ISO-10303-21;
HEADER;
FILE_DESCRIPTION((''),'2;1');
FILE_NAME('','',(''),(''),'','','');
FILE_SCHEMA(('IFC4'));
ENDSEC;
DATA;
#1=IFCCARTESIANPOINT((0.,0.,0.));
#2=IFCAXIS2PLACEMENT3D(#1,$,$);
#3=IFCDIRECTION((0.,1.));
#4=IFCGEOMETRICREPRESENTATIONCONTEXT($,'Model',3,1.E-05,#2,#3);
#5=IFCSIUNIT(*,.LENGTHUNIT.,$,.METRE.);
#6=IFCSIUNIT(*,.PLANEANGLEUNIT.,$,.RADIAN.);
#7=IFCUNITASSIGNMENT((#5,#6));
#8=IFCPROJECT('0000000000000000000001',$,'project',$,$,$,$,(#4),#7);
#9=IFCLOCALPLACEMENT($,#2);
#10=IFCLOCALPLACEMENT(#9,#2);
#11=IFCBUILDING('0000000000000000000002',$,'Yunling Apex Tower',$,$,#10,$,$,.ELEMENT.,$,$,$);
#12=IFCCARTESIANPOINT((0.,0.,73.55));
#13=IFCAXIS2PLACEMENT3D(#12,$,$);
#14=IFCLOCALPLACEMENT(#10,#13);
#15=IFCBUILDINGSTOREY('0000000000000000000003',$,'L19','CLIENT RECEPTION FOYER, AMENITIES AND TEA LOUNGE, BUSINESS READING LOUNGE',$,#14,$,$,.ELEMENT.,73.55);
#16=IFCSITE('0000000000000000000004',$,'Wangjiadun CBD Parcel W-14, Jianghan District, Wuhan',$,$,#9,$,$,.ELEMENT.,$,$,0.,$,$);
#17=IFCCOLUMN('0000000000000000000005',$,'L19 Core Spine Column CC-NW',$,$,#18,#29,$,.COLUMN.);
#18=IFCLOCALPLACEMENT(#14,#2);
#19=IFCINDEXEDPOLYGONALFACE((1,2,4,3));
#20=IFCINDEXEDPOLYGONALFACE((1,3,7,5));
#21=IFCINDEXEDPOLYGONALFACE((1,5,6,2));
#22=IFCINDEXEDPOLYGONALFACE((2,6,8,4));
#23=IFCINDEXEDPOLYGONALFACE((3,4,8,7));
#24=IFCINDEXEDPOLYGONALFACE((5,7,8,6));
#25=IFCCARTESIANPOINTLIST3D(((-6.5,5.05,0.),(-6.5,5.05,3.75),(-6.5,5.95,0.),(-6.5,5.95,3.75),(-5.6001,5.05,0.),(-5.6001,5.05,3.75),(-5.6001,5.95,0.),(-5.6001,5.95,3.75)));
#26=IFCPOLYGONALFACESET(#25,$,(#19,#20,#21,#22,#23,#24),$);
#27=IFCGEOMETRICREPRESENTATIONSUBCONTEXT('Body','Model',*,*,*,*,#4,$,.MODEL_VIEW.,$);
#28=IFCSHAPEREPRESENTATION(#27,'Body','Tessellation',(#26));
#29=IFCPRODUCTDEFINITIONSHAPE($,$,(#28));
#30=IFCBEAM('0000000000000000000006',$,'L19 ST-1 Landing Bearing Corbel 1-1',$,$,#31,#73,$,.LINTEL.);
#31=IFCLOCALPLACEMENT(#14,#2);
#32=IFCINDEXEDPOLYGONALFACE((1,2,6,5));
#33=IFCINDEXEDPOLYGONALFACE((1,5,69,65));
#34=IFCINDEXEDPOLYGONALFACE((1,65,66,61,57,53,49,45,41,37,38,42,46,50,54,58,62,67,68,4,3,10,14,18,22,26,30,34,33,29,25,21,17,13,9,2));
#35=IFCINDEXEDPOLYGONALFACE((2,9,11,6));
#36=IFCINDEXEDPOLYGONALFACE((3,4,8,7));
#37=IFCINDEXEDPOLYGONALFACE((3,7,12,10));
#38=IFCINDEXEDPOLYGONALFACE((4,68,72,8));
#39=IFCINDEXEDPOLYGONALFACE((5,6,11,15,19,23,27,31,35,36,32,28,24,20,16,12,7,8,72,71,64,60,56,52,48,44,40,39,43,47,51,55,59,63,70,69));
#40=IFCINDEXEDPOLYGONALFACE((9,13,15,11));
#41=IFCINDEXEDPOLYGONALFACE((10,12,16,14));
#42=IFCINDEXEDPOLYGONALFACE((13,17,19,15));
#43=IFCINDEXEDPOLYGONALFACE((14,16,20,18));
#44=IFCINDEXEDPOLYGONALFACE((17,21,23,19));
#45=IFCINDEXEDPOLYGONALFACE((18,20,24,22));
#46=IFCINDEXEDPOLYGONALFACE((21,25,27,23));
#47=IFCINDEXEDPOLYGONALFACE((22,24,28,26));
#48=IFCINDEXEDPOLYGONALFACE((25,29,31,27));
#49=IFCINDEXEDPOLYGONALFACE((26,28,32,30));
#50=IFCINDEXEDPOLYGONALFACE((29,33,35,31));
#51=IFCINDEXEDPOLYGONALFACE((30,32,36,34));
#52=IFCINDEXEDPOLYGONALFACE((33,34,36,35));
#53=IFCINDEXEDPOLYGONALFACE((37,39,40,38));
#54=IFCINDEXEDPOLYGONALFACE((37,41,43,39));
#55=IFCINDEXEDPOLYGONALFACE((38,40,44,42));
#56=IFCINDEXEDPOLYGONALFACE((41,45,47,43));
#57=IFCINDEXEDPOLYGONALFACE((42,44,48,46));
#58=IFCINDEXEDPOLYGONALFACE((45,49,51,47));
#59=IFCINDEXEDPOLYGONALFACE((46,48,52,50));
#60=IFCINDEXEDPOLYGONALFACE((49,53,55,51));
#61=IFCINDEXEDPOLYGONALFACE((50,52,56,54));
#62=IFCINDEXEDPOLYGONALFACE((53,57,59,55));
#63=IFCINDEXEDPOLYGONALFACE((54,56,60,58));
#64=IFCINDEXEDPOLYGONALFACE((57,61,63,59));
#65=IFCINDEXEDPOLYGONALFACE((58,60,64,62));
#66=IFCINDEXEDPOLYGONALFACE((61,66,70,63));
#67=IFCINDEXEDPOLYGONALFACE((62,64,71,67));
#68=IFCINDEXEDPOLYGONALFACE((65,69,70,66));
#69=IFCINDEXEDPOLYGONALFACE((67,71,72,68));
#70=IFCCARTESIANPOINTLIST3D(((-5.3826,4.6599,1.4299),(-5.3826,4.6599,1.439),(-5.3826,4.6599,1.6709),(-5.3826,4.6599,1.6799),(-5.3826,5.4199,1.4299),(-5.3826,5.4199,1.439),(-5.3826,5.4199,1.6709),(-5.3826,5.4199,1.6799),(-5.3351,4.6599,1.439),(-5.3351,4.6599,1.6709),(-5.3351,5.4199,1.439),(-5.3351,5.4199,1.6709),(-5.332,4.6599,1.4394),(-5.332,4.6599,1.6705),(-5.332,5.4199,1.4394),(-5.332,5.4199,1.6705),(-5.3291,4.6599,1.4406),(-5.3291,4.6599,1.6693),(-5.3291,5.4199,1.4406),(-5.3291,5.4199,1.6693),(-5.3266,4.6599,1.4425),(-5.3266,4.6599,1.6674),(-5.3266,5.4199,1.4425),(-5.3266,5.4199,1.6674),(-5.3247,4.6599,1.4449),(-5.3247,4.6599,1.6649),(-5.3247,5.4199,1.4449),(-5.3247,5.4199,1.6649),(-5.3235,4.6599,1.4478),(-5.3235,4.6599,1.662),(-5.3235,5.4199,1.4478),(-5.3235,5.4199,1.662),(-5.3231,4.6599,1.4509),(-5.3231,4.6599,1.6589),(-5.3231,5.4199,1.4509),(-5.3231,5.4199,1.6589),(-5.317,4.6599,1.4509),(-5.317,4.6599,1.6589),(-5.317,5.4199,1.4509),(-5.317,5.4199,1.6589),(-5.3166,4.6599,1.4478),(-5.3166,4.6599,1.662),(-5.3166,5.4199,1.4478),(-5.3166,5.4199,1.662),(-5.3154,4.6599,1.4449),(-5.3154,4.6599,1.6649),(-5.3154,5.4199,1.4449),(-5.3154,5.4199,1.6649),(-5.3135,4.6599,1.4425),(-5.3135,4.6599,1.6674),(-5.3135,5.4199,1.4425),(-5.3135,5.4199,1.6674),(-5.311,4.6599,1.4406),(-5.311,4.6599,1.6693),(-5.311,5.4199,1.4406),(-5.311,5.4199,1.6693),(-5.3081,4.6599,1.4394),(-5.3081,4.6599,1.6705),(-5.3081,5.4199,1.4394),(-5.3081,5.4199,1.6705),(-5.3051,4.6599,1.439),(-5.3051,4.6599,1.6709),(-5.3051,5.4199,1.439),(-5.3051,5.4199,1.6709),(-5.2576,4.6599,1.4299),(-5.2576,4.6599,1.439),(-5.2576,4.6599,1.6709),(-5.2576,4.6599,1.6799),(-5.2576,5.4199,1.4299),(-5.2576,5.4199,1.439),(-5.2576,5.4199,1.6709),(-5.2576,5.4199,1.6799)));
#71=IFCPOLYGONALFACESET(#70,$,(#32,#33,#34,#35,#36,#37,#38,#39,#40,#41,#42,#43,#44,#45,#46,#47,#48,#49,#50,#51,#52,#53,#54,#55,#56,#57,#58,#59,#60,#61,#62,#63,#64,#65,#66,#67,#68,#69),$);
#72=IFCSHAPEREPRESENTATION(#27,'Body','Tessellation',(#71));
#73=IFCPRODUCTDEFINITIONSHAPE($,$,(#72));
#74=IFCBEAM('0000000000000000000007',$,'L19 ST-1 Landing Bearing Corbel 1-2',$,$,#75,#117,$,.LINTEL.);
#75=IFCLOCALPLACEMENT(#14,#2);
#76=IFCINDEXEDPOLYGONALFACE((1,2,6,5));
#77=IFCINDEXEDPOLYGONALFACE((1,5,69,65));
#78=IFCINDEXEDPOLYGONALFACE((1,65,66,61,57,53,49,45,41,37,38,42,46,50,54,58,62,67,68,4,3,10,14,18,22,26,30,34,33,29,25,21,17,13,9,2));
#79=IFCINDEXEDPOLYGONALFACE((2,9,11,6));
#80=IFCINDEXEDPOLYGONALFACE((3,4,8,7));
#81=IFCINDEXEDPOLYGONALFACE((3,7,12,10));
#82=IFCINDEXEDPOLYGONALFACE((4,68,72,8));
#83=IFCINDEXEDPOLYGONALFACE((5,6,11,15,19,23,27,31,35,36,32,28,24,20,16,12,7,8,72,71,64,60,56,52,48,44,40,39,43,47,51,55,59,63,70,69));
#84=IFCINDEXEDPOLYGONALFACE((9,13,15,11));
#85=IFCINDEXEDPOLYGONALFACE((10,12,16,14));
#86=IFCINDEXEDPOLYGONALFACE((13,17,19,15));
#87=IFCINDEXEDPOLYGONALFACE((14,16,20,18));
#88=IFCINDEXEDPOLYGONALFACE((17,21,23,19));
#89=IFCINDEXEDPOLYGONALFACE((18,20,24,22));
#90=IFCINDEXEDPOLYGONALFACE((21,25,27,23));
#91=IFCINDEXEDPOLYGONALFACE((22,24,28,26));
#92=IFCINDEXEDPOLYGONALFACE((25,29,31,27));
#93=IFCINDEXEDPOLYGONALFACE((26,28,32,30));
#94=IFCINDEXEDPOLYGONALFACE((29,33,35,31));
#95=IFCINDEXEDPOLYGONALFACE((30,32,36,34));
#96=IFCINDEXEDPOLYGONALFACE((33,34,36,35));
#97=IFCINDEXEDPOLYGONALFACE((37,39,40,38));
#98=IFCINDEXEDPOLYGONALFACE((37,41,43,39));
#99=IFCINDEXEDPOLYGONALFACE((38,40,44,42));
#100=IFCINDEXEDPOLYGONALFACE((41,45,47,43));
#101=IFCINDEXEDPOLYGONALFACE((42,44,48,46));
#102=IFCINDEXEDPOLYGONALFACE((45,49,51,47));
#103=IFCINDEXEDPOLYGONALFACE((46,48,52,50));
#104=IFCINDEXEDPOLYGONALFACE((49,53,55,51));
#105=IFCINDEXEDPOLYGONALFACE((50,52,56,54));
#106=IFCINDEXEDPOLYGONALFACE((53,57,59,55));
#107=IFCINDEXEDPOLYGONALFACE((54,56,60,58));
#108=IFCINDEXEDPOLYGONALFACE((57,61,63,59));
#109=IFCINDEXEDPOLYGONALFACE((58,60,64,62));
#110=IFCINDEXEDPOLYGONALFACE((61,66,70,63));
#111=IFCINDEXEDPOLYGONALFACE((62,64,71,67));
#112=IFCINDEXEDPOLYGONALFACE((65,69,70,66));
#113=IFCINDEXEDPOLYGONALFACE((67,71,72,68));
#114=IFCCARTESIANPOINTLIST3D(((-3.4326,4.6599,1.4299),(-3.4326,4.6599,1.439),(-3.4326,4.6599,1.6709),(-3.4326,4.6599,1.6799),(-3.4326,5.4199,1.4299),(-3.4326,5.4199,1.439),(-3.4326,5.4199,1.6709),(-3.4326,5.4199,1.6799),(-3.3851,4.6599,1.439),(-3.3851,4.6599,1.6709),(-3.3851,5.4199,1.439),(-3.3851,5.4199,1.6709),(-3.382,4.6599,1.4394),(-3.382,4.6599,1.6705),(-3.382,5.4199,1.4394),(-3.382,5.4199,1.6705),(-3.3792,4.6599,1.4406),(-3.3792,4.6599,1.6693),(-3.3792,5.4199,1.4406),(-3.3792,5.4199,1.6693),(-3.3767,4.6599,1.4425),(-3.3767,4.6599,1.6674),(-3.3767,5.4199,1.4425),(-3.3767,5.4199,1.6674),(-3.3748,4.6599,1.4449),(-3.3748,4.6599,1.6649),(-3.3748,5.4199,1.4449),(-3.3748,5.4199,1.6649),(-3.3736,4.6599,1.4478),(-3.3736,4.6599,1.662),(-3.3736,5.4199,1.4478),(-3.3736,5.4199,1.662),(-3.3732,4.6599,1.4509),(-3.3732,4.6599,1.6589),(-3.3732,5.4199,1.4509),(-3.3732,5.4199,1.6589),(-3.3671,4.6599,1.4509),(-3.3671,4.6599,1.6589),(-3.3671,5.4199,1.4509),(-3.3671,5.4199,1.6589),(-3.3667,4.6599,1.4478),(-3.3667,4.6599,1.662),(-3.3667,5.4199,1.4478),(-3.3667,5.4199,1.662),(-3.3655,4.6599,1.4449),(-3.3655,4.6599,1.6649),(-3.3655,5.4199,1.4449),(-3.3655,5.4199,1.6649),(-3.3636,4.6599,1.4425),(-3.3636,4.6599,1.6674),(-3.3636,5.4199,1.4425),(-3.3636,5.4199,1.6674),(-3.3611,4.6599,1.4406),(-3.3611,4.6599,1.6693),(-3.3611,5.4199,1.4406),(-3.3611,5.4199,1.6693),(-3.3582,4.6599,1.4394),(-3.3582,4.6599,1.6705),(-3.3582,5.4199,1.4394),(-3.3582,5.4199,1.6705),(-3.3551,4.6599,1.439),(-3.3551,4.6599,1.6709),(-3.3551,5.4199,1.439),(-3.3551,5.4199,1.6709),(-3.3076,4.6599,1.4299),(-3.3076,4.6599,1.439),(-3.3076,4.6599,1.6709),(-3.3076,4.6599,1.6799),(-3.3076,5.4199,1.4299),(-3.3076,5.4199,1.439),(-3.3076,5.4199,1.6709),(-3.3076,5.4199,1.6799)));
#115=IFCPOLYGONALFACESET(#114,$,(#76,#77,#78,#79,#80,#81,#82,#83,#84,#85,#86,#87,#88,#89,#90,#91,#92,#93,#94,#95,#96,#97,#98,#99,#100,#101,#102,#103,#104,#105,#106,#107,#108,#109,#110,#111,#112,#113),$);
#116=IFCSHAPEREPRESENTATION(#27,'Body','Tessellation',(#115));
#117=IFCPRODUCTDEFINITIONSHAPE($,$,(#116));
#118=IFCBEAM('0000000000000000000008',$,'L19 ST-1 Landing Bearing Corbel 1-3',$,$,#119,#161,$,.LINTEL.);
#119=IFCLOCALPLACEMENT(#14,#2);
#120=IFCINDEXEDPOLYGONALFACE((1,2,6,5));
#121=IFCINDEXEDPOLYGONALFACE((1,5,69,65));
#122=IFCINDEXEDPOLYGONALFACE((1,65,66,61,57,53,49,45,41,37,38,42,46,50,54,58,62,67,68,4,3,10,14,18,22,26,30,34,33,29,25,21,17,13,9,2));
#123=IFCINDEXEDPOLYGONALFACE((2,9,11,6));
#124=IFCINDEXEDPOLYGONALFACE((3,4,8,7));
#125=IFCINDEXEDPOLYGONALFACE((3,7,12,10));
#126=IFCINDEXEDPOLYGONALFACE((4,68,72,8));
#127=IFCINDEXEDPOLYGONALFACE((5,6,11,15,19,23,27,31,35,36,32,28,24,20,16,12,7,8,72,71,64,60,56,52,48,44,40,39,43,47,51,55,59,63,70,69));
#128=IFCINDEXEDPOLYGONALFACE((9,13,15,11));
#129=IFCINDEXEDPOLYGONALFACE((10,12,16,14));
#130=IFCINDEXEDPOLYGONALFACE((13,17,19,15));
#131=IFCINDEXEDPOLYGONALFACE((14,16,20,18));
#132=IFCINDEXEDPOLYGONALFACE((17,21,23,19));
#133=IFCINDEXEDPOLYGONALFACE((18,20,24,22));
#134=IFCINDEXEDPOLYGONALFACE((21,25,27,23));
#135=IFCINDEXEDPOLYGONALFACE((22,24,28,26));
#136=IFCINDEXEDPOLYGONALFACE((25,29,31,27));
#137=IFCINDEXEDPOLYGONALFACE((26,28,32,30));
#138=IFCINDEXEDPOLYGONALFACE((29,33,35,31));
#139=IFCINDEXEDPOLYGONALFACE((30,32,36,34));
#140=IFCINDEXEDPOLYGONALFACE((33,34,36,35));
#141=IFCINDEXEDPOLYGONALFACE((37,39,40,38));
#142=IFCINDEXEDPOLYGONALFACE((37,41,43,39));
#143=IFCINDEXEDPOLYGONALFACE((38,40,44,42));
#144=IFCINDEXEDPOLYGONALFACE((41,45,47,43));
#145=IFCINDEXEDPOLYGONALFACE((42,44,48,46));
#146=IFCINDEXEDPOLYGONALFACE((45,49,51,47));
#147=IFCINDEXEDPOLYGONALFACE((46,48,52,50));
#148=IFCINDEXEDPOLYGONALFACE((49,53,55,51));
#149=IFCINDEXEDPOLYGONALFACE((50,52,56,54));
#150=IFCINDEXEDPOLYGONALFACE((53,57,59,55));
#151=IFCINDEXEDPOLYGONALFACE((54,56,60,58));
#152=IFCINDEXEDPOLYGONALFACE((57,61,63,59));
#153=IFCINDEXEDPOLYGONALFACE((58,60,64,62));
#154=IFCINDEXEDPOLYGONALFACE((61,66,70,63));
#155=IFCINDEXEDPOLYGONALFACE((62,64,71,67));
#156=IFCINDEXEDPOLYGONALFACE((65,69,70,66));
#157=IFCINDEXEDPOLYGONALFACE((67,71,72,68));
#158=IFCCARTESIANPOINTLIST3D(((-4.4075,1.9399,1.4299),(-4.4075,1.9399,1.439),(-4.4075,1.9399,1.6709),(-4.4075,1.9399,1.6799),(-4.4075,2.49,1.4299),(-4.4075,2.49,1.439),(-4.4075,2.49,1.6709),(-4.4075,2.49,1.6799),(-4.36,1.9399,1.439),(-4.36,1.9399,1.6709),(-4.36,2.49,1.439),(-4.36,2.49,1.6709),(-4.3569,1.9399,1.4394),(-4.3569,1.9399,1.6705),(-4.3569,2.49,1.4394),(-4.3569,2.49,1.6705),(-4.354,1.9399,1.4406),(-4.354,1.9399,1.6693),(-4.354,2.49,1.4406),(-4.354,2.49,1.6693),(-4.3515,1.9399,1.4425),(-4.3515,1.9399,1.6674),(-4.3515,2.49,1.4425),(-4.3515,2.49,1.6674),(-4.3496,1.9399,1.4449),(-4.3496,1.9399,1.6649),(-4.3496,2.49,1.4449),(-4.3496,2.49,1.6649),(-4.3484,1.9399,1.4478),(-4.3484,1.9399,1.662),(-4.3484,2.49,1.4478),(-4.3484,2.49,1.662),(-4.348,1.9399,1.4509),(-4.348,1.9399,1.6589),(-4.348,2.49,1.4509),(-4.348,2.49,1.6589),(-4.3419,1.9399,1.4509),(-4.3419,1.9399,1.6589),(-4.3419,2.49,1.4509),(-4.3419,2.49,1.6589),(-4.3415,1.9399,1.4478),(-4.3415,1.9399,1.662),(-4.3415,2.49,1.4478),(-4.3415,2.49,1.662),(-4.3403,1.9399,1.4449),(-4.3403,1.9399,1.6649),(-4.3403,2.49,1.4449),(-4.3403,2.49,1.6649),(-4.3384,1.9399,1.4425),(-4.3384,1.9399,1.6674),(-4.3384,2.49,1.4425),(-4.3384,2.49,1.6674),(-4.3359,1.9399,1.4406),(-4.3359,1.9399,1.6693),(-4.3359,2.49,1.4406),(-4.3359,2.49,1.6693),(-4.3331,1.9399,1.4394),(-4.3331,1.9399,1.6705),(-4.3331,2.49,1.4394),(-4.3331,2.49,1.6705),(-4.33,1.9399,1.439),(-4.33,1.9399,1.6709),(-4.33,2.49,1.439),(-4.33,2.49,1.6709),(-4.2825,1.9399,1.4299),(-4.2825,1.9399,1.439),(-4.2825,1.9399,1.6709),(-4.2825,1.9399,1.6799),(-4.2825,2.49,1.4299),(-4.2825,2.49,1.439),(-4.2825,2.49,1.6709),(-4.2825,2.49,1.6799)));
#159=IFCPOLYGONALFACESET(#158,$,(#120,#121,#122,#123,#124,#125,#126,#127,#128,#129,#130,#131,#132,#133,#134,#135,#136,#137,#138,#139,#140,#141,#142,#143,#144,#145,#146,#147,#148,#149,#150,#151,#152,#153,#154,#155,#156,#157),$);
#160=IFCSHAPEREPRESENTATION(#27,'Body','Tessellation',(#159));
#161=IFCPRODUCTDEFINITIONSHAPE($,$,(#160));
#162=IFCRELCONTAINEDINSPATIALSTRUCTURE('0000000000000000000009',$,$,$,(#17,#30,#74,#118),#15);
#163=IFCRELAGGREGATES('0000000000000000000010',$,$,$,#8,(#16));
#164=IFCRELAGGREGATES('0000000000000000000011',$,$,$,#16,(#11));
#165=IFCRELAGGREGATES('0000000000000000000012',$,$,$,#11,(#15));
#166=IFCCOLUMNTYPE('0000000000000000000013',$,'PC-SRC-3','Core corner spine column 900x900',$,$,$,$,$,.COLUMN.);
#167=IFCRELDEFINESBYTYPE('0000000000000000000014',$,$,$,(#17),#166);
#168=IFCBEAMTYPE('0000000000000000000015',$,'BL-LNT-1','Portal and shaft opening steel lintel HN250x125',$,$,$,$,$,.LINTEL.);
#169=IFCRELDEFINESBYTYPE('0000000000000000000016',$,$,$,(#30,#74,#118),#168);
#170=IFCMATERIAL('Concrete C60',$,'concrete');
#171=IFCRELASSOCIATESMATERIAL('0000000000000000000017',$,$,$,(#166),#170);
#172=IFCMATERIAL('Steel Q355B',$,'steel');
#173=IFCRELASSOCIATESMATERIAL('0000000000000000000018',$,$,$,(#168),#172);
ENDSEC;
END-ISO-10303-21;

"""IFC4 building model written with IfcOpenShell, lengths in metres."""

from ifc_helpers import new_model, si_unit, direction, frame, origin, origin_2d, place, context, subcontext, project, spatial, rectangle, i_section, extrude, source, transform, mapped, material, material_profile, profile_set, type_object, element, save


model = new_model("IFC4")

# Units and contexts
model_context = context("Model", 3, precision=1e-05, world=origin(), true_north=direction((0.0, 1.0)))
body_context = subcontext(model_context, "Body", "Model", "MODEL_VIEW")
ifc_project = project(units=[si_unit("LENGTHUNIT", "METRE"), si_unit("PLANEANGLEUNIT", "RADIAN")], contexts=[model_context])

# Site, building, storey
site_placement = place(None, origin())
site = spatial("IfcSite", under=ifc_project, at=site_placement, Name="Wangjiadun CBD Parcel W-14, Jianghan District, Wuhan", CompositionType="ELEMENT", RefElevation=0.0)
building_placement = place(site_placement, origin())
building = spatial("IfcBuilding", under=site, at=building_placement, Name="Yunling Apex Tower", CompositionType="ELEMENT")
storey_placement = place(building_placement, frame((0.0, 0.0, 73.55)))
storey = spatial("IfcBuildingStorey", under=building, at=storey_placement, Name="L19", Description="CLIENT RECEPTION FOYER, AMENITIES AND TEA LOUNGE, BUSINESS READING LOUNGE", CompositionType="ELEMENT", Elevation=73.55)

# Column
ifc_material_1 = material(Name="Concrete C60", Category="concrete")
ifc_material_profile_1 = material_profile(ifc_material_1, rectangle(XDim=0.8999, YDim=0.8999, at=origin_2d()))
ifc_profile_set_1 = profile_set([ifc_material_profile_1], Name="Concrete C60")
column_type = type_object("IfcColumnType", Name="PC-SRC-3", Description="Core corner spine column 900x900", PredefinedType="COLUMN", material=ifc_profile_set_1)
shared_shape_1 = source(origin(), body_context, "Body", "SweptSolid", [
    extrude(rectangle(XDim=0.8999, YDim=0.8999, at=origin_2d()), origin(), (0.0, 0.0, 1.0), 3.75),
])
column_placement = place(storey_placement, frame((-6.05, 5.5, 0.0), z_axis=(0.0, 0.0, 1.0), x_axis=(1.0, 0.0, 0.0)))
element("IfcColumn", 1, at=column_placement, inside=storey, type_object=column_type, Name="L19 Core Spine Column CC-NW", PredefinedType="COLUMN", context=body_context, shape_type="MappedRepresentation", body=[
    mapped(shared_shape_1, transform((0.0, 0.0, 0.0), scale=1.0)),
])

# Beams
ifc_material_2 = material(Name="Steel Q355B", Category="steel")
ifc_material_profile_2 = material_profile(ifc_material_2, i_section(OverallWidth=0.125, OverallDepth=0.25, WebThickness=0.0061, FlangeThickness=0.009, FilletRadius=0.012, at=origin_2d()))
ifc_profile_set_2 = profile_set([ifc_material_profile_2], Name="Steel Q355B")
beam_type_1 = type_object("IfcBeamType", Name="BL-LNT-1", Description="Portal and shaft opening steel lintel HN250x125", PredefinedType="LINTEL", material=ifc_profile_set_2)
shared_shape_2 = source(origin(), body_context, "Body", "SweptSolid", [
    extrude(i_section(OverallWidth=0.125, OverallDepth=0.25, WebThickness=0.0061, FlangeThickness=0.009, FilletRadius=0.012, at=origin_2d()), origin(), (0.0, 0.0, 1.0), 0.76),
])
for number, where, z_axis, x_axis, name in (
    (2, (-5.3201, 5.4199, 1.5549), (0.0, -1.0, 0.0), (1.0, 0.0, 0.0), "L19 ST-1 Landing Bearing Corbel 1-1"),
    (3, (-3.3701, 5.4199, 1.5549), (0.0, -1.0, 0.0), (1.0, 0.0, 0.0), "L19 ST-1 Landing Bearing Corbel 1-2"),
):
    element("IfcBeam", number, at=place(storey_placement, frame(where, z_axis=z_axis, x_axis=x_axis)), inside=storey, type_object=beam_type_1, Name=name, PredefinedType="LINTEL", context=body_context, shape_type="MappedRepresentation", body=[
        mapped(shared_shape_2, transform((0.0, 0.0, 0.0), scale=1.0)),
    ])
shared_shape_3 = source(origin(), body_context, "Body", "SweptSolid", [
    extrude(i_section(OverallWidth=0.125, OverallDepth=0.25, WebThickness=0.0061, FlangeThickness=0.009, FilletRadius=0.012, at=origin_2d()), origin(), (0.0, 0.0, 1.0), 0.55),
])
beam_1_placement = place(storey_placement, frame((-4.345, 1.9399, 1.5549), z_axis=(0.0, 1.0, 0.0), x_axis=(-1.0, 0.0, 0.0)))
element("IfcBeam", 4, at=beam_1_placement, inside=storey, type_object=beam_type_1, Name="L19 ST-1 Landing Bearing Corbel 1-3", PredefinedType="LINTEL", context=body_context, shape_type="MappedRepresentation", body=[
    mapped(shared_shape_3, transform((0.0, 0.0, 0.0), scale=1.0)),
])

save(model, "model.ifc")
